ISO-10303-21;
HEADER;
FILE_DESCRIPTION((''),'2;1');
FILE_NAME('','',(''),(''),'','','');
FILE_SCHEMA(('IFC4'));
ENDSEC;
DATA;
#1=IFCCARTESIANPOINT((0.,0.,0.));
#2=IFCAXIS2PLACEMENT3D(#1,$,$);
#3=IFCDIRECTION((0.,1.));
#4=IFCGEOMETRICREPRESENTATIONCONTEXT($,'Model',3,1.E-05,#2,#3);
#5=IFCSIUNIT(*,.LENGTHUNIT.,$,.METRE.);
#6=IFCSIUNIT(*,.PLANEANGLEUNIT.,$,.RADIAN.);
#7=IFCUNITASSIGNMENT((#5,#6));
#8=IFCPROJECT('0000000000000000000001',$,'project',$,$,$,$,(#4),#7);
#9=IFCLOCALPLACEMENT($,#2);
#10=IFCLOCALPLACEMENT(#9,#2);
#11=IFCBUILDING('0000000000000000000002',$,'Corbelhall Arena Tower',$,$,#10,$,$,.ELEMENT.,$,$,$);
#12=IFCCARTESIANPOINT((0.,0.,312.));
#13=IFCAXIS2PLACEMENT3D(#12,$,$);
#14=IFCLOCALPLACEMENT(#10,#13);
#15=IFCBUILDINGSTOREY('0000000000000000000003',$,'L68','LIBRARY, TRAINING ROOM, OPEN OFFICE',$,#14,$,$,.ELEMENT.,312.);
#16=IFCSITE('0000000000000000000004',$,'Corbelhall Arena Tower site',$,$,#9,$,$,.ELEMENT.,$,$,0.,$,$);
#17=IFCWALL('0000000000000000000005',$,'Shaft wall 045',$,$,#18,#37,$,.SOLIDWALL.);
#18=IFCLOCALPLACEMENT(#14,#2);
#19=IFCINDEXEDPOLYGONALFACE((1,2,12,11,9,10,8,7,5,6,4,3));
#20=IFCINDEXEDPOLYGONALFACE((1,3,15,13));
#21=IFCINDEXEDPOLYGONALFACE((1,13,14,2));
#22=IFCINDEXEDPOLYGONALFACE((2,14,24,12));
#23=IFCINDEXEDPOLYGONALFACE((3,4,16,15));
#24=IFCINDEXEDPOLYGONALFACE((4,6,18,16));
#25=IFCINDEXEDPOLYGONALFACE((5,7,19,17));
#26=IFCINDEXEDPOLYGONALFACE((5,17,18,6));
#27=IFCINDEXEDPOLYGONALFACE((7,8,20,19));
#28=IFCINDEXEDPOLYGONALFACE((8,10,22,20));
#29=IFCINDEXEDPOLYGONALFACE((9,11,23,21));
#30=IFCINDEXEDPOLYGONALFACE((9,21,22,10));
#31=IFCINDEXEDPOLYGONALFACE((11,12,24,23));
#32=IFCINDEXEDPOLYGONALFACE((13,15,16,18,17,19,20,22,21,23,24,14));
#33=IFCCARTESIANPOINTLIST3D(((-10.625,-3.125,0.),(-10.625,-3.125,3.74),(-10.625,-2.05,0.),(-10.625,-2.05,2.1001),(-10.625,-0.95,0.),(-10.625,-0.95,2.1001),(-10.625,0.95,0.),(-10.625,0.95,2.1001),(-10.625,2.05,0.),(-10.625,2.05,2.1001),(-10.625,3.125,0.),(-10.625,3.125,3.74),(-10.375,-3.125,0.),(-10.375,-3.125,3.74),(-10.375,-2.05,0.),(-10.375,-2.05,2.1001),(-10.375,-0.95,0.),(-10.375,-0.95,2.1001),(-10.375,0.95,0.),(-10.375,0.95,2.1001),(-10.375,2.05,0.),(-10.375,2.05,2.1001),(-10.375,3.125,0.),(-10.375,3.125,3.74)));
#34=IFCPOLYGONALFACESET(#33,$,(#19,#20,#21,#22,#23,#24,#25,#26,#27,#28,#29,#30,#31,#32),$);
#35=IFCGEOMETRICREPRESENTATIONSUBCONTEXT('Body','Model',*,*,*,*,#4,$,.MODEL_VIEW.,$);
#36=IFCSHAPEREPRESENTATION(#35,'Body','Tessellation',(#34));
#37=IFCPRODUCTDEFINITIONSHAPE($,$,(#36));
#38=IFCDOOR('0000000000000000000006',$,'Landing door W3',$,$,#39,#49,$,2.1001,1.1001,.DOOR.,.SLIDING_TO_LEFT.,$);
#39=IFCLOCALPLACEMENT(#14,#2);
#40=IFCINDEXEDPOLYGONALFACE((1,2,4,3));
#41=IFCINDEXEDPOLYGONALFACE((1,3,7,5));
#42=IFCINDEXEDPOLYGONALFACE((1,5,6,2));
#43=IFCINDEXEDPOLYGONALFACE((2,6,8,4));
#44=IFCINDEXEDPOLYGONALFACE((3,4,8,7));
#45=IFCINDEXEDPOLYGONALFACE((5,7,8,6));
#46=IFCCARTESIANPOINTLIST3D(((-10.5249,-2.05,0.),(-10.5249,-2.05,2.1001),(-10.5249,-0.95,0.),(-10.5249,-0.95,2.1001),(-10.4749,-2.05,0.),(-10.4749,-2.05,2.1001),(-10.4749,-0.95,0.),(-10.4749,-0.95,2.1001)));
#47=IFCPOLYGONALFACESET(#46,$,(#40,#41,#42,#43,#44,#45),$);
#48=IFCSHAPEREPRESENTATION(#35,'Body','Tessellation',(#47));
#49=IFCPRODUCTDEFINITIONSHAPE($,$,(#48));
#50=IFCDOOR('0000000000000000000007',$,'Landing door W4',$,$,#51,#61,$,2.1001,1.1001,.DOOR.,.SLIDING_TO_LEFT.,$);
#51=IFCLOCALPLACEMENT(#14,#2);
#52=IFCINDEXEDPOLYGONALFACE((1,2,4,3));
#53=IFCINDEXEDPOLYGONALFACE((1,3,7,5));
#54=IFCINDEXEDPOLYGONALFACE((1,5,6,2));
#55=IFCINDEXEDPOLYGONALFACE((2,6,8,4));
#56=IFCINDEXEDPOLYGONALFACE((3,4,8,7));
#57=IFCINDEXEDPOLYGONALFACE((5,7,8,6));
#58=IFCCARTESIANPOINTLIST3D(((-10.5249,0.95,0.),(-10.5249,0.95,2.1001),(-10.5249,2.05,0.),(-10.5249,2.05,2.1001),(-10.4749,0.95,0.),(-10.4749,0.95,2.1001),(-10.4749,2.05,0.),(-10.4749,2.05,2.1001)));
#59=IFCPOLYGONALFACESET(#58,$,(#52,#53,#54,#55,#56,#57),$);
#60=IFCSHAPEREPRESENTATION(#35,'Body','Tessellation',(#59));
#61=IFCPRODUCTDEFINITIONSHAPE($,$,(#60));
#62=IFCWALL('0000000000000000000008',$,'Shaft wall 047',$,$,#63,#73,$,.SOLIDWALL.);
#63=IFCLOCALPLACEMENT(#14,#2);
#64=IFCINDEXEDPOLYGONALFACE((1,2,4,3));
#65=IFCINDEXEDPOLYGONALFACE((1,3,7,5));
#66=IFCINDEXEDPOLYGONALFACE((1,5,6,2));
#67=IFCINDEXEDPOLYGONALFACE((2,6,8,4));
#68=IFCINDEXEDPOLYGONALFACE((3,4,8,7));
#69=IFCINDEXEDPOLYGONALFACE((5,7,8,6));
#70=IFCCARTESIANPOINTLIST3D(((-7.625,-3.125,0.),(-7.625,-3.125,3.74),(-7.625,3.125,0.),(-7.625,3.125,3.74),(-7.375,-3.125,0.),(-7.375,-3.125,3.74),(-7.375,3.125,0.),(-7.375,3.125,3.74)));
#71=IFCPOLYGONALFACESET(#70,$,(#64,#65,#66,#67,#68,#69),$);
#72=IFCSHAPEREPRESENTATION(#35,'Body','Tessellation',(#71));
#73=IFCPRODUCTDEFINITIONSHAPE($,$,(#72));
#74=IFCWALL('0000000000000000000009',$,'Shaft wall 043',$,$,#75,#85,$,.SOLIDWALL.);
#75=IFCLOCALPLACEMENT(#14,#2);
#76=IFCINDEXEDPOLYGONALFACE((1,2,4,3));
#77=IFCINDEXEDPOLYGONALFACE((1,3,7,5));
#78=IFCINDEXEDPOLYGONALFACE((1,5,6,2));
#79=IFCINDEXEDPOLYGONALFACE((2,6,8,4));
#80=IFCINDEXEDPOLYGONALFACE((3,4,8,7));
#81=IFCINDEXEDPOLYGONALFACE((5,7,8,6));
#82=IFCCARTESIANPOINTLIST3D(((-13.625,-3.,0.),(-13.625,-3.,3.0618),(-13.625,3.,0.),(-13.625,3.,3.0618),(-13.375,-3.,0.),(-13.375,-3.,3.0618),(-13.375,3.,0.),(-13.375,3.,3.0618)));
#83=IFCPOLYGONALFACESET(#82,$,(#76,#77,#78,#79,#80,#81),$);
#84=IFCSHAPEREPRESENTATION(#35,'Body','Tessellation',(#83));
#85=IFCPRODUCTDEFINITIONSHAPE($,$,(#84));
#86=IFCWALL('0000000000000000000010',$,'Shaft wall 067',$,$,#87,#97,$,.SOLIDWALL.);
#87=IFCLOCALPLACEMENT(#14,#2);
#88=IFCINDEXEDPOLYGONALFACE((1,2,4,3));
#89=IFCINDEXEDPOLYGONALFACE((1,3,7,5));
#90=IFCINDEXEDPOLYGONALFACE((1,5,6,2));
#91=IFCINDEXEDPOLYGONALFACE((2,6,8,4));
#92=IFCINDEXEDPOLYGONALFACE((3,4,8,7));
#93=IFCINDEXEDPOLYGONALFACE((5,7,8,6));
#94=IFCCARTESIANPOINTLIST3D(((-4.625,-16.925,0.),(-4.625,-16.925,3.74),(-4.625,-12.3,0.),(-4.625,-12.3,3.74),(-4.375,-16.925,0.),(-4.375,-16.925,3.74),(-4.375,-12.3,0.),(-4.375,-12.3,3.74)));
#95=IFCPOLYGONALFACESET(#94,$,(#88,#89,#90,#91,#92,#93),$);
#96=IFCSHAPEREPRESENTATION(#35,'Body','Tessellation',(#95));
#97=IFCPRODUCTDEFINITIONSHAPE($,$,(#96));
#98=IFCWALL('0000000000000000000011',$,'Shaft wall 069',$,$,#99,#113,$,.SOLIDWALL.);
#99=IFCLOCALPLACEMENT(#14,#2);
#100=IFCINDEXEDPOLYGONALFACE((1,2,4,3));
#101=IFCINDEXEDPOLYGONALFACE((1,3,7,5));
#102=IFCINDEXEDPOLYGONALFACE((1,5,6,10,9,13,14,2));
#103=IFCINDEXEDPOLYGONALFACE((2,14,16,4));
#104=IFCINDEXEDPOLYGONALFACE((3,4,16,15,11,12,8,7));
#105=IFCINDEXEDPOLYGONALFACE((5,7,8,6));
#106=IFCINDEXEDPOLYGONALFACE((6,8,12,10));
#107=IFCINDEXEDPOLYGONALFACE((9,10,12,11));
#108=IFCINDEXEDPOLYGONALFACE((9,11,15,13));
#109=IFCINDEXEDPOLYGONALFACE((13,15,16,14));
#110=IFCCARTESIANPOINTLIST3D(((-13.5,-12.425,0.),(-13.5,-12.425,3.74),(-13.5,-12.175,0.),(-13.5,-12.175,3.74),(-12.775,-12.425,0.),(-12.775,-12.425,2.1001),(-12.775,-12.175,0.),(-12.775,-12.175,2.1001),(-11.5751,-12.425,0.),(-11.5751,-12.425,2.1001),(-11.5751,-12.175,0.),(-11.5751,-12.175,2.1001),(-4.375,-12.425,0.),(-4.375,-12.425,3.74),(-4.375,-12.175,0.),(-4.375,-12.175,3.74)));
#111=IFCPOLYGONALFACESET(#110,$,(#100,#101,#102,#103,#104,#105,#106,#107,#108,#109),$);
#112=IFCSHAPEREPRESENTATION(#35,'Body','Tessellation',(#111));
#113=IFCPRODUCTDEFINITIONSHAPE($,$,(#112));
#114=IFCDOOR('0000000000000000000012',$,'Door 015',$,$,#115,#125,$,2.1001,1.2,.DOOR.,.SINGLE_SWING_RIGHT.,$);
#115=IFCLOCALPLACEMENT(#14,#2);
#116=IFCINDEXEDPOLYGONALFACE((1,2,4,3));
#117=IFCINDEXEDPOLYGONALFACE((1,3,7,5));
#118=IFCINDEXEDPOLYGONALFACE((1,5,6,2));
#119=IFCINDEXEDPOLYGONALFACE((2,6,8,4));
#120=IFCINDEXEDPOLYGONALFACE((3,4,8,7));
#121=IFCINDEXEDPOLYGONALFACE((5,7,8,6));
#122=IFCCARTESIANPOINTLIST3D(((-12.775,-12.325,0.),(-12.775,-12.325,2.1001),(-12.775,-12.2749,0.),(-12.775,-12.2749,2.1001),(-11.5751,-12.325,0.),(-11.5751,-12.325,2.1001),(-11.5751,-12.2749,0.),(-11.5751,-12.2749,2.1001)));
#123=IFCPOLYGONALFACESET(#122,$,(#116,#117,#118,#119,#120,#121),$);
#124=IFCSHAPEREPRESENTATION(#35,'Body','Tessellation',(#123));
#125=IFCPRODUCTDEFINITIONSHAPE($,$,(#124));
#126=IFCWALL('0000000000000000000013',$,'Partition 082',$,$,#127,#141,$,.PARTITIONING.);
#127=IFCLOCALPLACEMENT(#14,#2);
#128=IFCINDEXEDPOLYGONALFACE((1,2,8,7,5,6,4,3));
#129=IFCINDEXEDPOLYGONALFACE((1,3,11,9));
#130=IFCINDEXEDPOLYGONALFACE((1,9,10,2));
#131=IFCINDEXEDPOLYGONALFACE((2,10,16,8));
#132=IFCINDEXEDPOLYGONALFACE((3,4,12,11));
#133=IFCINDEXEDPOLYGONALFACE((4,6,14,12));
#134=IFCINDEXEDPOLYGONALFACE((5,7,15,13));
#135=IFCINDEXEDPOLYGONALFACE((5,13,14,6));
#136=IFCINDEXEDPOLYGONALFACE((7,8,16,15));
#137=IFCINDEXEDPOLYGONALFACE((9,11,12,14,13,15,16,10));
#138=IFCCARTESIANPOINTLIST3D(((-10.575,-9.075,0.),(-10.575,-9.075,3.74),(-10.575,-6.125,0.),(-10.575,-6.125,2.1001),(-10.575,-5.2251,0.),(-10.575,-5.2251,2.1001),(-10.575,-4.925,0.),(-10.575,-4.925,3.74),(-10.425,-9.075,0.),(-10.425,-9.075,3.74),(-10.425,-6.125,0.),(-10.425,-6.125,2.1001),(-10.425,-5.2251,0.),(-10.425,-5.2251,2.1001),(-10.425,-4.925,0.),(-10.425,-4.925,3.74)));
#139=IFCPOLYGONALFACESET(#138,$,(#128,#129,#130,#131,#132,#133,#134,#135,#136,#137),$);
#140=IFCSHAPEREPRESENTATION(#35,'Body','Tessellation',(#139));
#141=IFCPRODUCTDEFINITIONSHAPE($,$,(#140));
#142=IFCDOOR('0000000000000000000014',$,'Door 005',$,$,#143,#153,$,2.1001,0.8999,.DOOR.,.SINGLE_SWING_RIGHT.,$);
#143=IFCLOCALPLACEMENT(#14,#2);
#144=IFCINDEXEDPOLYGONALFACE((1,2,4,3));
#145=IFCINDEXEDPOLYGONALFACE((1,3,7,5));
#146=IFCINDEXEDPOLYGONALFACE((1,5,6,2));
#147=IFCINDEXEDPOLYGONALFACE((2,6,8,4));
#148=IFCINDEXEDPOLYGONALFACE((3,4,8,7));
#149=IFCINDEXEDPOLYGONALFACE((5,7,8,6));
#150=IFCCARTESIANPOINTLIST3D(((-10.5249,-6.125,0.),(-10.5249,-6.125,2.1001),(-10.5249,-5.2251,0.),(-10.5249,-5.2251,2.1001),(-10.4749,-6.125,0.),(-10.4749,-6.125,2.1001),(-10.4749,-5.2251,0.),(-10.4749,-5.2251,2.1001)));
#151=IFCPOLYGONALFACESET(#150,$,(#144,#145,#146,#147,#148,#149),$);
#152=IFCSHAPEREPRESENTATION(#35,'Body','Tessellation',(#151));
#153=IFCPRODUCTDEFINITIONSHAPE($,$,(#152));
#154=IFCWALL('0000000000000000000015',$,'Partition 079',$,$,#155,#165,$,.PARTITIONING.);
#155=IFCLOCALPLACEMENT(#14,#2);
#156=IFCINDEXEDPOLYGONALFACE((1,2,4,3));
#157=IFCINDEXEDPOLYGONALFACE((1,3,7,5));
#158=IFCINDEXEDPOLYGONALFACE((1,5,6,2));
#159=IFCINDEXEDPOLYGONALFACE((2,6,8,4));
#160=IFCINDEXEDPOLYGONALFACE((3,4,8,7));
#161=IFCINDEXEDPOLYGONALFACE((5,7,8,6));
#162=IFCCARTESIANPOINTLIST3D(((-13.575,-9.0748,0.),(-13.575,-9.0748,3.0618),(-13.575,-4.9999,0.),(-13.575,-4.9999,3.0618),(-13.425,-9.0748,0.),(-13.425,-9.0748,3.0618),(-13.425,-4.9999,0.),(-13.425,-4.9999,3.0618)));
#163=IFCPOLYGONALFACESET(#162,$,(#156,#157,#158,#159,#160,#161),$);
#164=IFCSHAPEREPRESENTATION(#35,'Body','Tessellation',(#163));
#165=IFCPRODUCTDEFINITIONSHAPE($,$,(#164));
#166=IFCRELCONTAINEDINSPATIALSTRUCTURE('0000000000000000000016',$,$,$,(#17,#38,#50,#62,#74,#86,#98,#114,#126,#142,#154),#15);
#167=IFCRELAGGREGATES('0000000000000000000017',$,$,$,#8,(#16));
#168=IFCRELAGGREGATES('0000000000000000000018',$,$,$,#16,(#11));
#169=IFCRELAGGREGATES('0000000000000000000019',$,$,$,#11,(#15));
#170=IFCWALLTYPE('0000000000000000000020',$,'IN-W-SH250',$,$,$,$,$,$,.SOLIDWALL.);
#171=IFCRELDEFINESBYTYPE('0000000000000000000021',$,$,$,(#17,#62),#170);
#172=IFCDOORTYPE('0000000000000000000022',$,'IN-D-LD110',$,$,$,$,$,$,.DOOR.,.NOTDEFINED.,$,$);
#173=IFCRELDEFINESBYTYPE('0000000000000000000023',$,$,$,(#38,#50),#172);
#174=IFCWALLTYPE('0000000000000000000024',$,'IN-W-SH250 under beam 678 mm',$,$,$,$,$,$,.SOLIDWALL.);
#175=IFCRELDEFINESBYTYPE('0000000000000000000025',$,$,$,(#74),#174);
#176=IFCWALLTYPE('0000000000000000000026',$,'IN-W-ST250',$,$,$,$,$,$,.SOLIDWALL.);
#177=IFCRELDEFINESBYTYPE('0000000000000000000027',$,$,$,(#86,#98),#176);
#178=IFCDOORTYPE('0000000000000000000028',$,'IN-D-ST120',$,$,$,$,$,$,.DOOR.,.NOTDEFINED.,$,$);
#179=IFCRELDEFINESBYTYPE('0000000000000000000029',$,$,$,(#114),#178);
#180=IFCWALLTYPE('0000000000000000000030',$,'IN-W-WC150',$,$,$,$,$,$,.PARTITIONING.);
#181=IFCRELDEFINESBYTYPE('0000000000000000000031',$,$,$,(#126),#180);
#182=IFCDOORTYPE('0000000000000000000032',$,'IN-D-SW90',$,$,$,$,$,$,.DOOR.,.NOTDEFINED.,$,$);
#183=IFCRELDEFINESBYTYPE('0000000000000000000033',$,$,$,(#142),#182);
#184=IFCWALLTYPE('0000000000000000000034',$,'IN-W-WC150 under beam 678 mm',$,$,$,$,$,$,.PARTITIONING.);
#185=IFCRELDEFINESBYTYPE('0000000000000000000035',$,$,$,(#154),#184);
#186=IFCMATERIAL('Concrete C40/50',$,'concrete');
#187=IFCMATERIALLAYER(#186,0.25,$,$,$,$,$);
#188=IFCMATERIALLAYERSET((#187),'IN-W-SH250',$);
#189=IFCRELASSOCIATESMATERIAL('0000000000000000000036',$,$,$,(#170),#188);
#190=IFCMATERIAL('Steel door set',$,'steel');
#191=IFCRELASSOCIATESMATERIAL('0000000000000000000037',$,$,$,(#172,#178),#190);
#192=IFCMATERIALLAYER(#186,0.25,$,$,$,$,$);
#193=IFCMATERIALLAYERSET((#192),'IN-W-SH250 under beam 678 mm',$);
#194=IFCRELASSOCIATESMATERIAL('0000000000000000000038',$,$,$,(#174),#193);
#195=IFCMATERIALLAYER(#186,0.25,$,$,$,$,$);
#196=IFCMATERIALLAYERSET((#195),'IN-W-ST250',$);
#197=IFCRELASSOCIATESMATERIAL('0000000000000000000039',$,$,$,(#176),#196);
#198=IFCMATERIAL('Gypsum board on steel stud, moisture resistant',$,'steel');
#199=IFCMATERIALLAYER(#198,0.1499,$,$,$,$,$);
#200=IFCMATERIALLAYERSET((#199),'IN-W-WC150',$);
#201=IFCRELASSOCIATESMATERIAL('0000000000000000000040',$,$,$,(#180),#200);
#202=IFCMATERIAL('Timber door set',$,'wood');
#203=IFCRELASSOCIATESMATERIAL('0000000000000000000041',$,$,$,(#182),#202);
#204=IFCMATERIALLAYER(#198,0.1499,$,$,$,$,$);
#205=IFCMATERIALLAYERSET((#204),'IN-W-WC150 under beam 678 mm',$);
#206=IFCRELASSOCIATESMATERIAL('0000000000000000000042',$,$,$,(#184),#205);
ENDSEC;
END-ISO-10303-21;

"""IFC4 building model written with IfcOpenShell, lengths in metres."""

from ifc_helpers import new_model, si_unit, direction, frame, frame_2d, origin, place, context, subcontext, project, spatial, rectangle, extrude, material, layer, layer_set, type_object, element, fill, save


model = new_model("IFC4")

# Units and contexts
model_context = context("Model", 3, precision=1e-05, world=origin(), true_north=direction((0.0, 1.0)))
body_context = subcontext(model_context, "Body", "Model", "MODEL_VIEW")
ifc_project = project(units=[si_unit("LENGTHUNIT", "METRE"), si_unit("PLANEANGLEUNIT", "RADIAN")], contexts=[model_context])

# Site, building, storey
site_placement = place(None, origin())
site = spatial("IfcSite", under=ifc_project, at=site_placement, Name="Corbelhall Arena Tower site", CompositionType="ELEMENT", RefElevation=0.0)
building_placement = place(site_placement, origin())
building = spatial("IfcBuilding", under=site, at=building_placement, Name="Corbelhall Arena Tower", CompositionType="ELEMENT")
storey_placement = place(building_placement, frame((0.0, 0.0, 312.0)))
storey = spatial("IfcBuildingStorey", under=building, at=storey_placement, Name="L68", Description="LIBRARY, TRAINING ROOM, OPEN OFFICE", CompositionType="ELEMENT", Elevation=312.0)

# Shared definitions
ifc_material_1 = material(Name="Steel door set", Category="steel")

# Wall, openings, doors
ifc_material_2 = material(Name="Concrete C40/50", Category="concrete")
ifc_layer_1 = layer(ifc_material_2, 0.25)
ifc_layer_set_1 = layer_set([ifc_layer_1], Name="IN-W-SH250")
wall_type_1 = type_object("IfcWallType", Name="IN-W-SH250", PredefinedType="SOLIDWALL", material=ifc_layer_set_1)
wall_1_placement = place(storey_placement, frame((-10.5, -3.125, 0.0), z_axis=(0.0, 0.0, 1.0), x_axis=(0.0, 1.0, 0.0)))
wall_1 = element("IfcWall", 1, at=wall_1_placement, inside=storey, type_object=wall_type_1, Name="Shaft wall 045", PredefinedType="SOLIDWALL", context=body_context, shape_type="SweptSolid", body=[
    extrude(rectangle(XDim=6.25, YDim=0.25, at=frame_2d((3.125, 0.0))), origin(), (0.0, 0.0, 1.0), 3.74),
])
opening_1_placement = place(wall_1_placement, frame((1.075, 0.0, 0.0)))
opening_1 = element("IfcOpeningElement", 2, at=opening_1_placement, cuts=wall_1, PredefinedType="OPENING", context=body_context, shape_type="SweptSolid", body=[
    extrude(rectangle(XDim=1.1001, YDim=2.1001, at=frame_2d((0.55, 1.05))), frame((0.0, 0.125, 0.0), z_axis=(0.0, -1.0, 0.0), x_axis=(1.0, 0.0, 0.0)), (0.0, 0.0, 1.0), 0.25),
])
opening_2_placement = place(wall_1_placement, frame((4.075, 0.0, 0.0)))
opening_2 = element("IfcOpeningElement", 3, at=opening_2_placement, cuts=wall_1, PredefinedType="OPENING", context=body_context, shape_type="SweptSolid", body=[
    extrude(rectangle(XDim=1.1001, YDim=2.1001, at=frame_2d((0.55, 1.05))), frame((0.0, 0.125, 0.0), z_axis=(0.0, -1.0, 0.0), x_axis=(1.0, 0.0, 0.0)), (0.0, 0.0, 1.0), 0.25),
])
door_type_1 = type_object("IfcDoorType", Name="IN-D-LD110", OperationType="NOTDEFINED", PredefinedType="DOOR", material=ifc_material_1)
door_1_placement = place(opening_1_placement, origin())
door_1 = element("IfcDoor", 4, at=door_1_placement, inside=storey, type_object=door_type_1, Name="Landing door W3", OperationType="SLIDING_TO_LEFT", OverallHeight=2.1001, OverallWidth=1.1001, PredefinedType="DOOR", context=body_context, shape_type="SweptSolid", body=[
    extrude(rectangle(XDim=1.1001, YDim=2.1001, at=frame_2d((0.55, 1.05))), frame((0.0, 0.0249, 0.0), z_axis=(0.0, -1.0, 0.0), x_axis=(1.0, 0.0, 0.0)), (0.0, 0.0, 1.0), 0.05),
])
fill(opening_1, door_1)
door_2_placement = place(opening_2_placement, origin())
door_2 = element("IfcDoor", 5, at=door_2_placement, inside=storey, type_object=door_type_1, Name="Landing door W4", OperationType="SLIDING_TO_LEFT", OverallHeight=2.1001, OverallWidth=1.1001, PredefinedType="DOOR", context=body_context, shape_type="SweptSolid", body=[
    extrude(rectangle(XDim=1.1001, YDim=2.1001, at=frame_2d((0.55, 1.05))), frame((0.0, 0.0249, 0.0), z_axis=(0.0, -1.0, 0.0), x_axis=(1.0, 0.0, 0.0)), (0.0, 0.0, 1.0), 0.05),
])
fill(opening_2, door_2)

# Walls
wall_2_placement = place(storey_placement, frame((-7.5, -3.125, 0.0), z_axis=(0.0, 0.0, 1.0), x_axis=(0.0, 1.0, 0.0)))
element("IfcWall", 6, at=wall_2_placement, inside=storey, type_object=wall_type_1, Name="Shaft wall 047", PredefinedType="SOLIDWALL", context=body_context, shape_type="SweptSolid", body=[
    extrude(rectangle(XDim=6.25, YDim=0.25, at=frame_2d((3.125, 0.0))), origin(), (0.0, 0.0, 1.0), 3.74),
])
ifc_layer_2 = layer(ifc_material_2, 0.25)
ifc_layer_set_2 = layer_set([ifc_layer_2], Name="IN-W-SH250 under beam 678 mm")
wall_type_2 = type_object("IfcWallType", Name="IN-W-SH250 under beam 678 mm", PredefinedType="SOLIDWALL", material=ifc_layer_set_2)
wall_3_placement = place(storey_placement, frame((-13.5, -3.0, 0.0), z_axis=(0.0, 0.0, 1.0), x_axis=(0.0, 1.0, 0.0)))
element("IfcWall", 7, at=wall_3_placement, inside=storey, type_object=wall_type_2, Name="Shaft wall 043", PredefinedType="SOLIDWALL", context=body_context, shape_type="SweptSolid", body=[
    extrude(rectangle(XDim=6.0, YDim=0.25, at=frame_2d((3.0, 0.0))), origin(), (0.0, 0.0, 1.0), 3.0618),
])
ifc_layer_3 = layer(ifc_material_2, 0.25)
ifc_layer_set_3 = layer_set([ifc_layer_3], Name="IN-W-ST250")
wall_type_3 = type_object("IfcWallType", Name="IN-W-ST250", PredefinedType="SOLIDWALL", material=ifc_layer_set_3)
wall_4_placement = place(storey_placement, frame((-4.5, -12.3, 0.0), z_axis=(0.0, 0.0, 1.0), x_axis=(0.0, -1.0, 0.0)))
element("IfcWall", 8, at=wall_4_placement, inside=storey, type_object=wall_type_3, Name="Shaft wall 067", PredefinedType="SOLIDWALL", context=body_context, shape_type="SweptSolid", body=[
    extrude(rectangle(XDim=4.625, YDim=0.25, at=frame_2d((2.3125, 0.0))), origin(), (0.0, 0.0, 1.0), 3.74),
])

# Walls, openings, doors
wall_5_placement = place(storey_placement, frame((-4.375, -12.3, 0.0), z_axis=(0.0, 0.0, 1.0), x_axis=(-1.0, 0.0, 0.0)))
wall_5 = element("IfcWall", 9, at=wall_5_placement, inside=storey, type_object=wall_type_3, Name="Shaft wall 069", PredefinedType="SOLIDWALL", context=body_context, shape_type="SweptSolid", body=[
    extrude(rectangle(XDim=9.125, YDim=0.25, at=frame_2d((4.5625, 0.0))), origin(), (0.0, 0.0, 1.0), 3.74),
])
opening_3_placement = place(wall_5_placement, frame((7.2, 0.0, 0.0)))
opening_3 = element("IfcOpeningElement", 10, at=opening_3_placement, cuts=wall_5, PredefinedType="OPENING", context=body_context, shape_type="SweptSolid", body=[
    extrude(rectangle(XDim=1.2, YDim=2.1001, at=frame_2d((0.6001, 1.05))), frame((0.0, 0.125, 0.0), z_axis=(0.0, -1.0, 0.0), x_axis=(1.0, 0.0, 0.0)), (0.0, 0.0, 1.0), 0.25),
])
door_type_2 = type_object("IfcDoorType", Name="IN-D-ST120", OperationType="NOTDEFINED", PredefinedType="DOOR", material=ifc_material_1)
door_3_placement = place(opening_3_placement, origin())
door_3 = element("IfcDoor", 11, at=door_3_placement, inside=storey, type_object=door_type_2, Name="Door 015", OperationType="SINGLE_SWING_RIGHT", OverallHeight=2.1001, OverallWidth=1.2, PredefinedType="DOOR", context=body_context, shape_type="SweptSolid", body=[
    extrude(rectangle(XDim=1.2, YDim=2.1001, at=frame_2d((0.6001, 1.05))), frame((0.0, 0.0249, 0.0), z_axis=(0.0, -1.0, 0.0), x_axis=(1.0, 0.0, 0.0)), (0.0, 0.0, 1.0), 0.05),
])
fill(opening_3, door_3)
ifc_material_3 = material(Name="Gypsum board on steel stud, moisture resistant", Category="steel")
ifc_layer_4 = layer(ifc_material_3, 0.1499)
ifc_layer_set_4 = layer_set([ifc_layer_4], Name="IN-W-WC150")
wall_type_4 = type_object("IfcWallType", Name="IN-W-WC150", PredefinedType="PARTITIONING", material=ifc_layer_set_4)
wall_6_placement = place(storey_placement, frame((-10.5, -9.075, 0.0), z_axis=(0.0, 0.0, 1.0), x_axis=(0.0, 1.0, 0.0)))
wall_6 = element("IfcWall", 12, at=wall_6_placement, inside=storey, type_object=wall_type_4, Name="Partition 082", PredefinedType="PARTITIONING", context=body_context, shape_type="SweptSolid", body=[
    extrude(rectangle(XDim=4.1499, YDim=0.1499, at=frame_2d((2.075, 0.0))), origin(), (0.0, 0.0, 1.0), 3.74),
])
opening_4_placement = place(wall_6_placement, frame((2.95, 0.0, 0.0)))
opening_4 = element("IfcOpeningElement", 13, at=opening_4_placement, cuts=wall_6, PredefinedType="OPENING", context=body_context, shape_type="SweptSolid", body=[
    extrude(rectangle(XDim=0.8999, YDim=2.1001, at=frame_2d((0.45, 1.05))), frame((0.0, 0.075, 0.0), z_axis=(0.0, -1.0, 0.0), x_axis=(1.0, 0.0, 0.0)), (0.0, 0.0, 1.0), 0.1499),
])
ifc_material_4 = material(Name="Timber door set", Category="wood")
door_type_3 = type_object("IfcDoorType", Name="IN-D-SW90", OperationType="NOTDEFINED", PredefinedType="DOOR", material=ifc_material_4)
door_4_placement = place(opening_4_placement, origin())
door_4 = element("IfcDoor", 14, at=door_4_placement, inside=storey, type_object=door_type_3, Name="Door 005", OperationType="SINGLE_SWING_RIGHT", OverallHeight=2.1001, OverallWidth=0.8999, PredefinedType="DOOR", context=body_context, shape_type="SweptSolid", body=[
    extrude(rectangle(XDim=0.8999, YDim=2.1001, at=frame_2d((0.45, 1.05))), frame((0.0, 0.0249, 0.0), z_axis=(0.0, -1.0, 0.0), x_axis=(1.0, 0.0, 0.0)), (0.0, 0.0, 1.0), 0.05),
])
fill(opening_4, door_4)

# Wall
ifc_layer_5 = layer(ifc_material_3, 0.1499)
ifc_layer_set_5 = layer_set([ifc_layer_5], Name="IN-W-WC150 under beam 678 mm")
wall_type_5 = type_object("IfcWallType", Name="IN-W-WC150 under beam 678 mm", PredefinedType="PARTITIONING", material=ifc_layer_set_5)
wall_7_placement = place(storey_placement, frame((-13.5, -9.075, 0.0), z_axis=(0.0, 0.0, 1.0), x_axis=(0.0, 1.0, 0.0)))
element("IfcWall", 15, at=wall_7_placement, inside=storey, type_object=wall_type_5, Name="Partition 079", PredefinedType="PARTITIONING", context=body_context, shape_type="SweptSolid", body=[
    extrude(rectangle(XDim=4.075, YDim=0.1499, at=frame_2d((2.0376, 0.0))), origin(), (0.0, 0.0, 1.0), 3.0618),
])

save(model, "model.ifc")
